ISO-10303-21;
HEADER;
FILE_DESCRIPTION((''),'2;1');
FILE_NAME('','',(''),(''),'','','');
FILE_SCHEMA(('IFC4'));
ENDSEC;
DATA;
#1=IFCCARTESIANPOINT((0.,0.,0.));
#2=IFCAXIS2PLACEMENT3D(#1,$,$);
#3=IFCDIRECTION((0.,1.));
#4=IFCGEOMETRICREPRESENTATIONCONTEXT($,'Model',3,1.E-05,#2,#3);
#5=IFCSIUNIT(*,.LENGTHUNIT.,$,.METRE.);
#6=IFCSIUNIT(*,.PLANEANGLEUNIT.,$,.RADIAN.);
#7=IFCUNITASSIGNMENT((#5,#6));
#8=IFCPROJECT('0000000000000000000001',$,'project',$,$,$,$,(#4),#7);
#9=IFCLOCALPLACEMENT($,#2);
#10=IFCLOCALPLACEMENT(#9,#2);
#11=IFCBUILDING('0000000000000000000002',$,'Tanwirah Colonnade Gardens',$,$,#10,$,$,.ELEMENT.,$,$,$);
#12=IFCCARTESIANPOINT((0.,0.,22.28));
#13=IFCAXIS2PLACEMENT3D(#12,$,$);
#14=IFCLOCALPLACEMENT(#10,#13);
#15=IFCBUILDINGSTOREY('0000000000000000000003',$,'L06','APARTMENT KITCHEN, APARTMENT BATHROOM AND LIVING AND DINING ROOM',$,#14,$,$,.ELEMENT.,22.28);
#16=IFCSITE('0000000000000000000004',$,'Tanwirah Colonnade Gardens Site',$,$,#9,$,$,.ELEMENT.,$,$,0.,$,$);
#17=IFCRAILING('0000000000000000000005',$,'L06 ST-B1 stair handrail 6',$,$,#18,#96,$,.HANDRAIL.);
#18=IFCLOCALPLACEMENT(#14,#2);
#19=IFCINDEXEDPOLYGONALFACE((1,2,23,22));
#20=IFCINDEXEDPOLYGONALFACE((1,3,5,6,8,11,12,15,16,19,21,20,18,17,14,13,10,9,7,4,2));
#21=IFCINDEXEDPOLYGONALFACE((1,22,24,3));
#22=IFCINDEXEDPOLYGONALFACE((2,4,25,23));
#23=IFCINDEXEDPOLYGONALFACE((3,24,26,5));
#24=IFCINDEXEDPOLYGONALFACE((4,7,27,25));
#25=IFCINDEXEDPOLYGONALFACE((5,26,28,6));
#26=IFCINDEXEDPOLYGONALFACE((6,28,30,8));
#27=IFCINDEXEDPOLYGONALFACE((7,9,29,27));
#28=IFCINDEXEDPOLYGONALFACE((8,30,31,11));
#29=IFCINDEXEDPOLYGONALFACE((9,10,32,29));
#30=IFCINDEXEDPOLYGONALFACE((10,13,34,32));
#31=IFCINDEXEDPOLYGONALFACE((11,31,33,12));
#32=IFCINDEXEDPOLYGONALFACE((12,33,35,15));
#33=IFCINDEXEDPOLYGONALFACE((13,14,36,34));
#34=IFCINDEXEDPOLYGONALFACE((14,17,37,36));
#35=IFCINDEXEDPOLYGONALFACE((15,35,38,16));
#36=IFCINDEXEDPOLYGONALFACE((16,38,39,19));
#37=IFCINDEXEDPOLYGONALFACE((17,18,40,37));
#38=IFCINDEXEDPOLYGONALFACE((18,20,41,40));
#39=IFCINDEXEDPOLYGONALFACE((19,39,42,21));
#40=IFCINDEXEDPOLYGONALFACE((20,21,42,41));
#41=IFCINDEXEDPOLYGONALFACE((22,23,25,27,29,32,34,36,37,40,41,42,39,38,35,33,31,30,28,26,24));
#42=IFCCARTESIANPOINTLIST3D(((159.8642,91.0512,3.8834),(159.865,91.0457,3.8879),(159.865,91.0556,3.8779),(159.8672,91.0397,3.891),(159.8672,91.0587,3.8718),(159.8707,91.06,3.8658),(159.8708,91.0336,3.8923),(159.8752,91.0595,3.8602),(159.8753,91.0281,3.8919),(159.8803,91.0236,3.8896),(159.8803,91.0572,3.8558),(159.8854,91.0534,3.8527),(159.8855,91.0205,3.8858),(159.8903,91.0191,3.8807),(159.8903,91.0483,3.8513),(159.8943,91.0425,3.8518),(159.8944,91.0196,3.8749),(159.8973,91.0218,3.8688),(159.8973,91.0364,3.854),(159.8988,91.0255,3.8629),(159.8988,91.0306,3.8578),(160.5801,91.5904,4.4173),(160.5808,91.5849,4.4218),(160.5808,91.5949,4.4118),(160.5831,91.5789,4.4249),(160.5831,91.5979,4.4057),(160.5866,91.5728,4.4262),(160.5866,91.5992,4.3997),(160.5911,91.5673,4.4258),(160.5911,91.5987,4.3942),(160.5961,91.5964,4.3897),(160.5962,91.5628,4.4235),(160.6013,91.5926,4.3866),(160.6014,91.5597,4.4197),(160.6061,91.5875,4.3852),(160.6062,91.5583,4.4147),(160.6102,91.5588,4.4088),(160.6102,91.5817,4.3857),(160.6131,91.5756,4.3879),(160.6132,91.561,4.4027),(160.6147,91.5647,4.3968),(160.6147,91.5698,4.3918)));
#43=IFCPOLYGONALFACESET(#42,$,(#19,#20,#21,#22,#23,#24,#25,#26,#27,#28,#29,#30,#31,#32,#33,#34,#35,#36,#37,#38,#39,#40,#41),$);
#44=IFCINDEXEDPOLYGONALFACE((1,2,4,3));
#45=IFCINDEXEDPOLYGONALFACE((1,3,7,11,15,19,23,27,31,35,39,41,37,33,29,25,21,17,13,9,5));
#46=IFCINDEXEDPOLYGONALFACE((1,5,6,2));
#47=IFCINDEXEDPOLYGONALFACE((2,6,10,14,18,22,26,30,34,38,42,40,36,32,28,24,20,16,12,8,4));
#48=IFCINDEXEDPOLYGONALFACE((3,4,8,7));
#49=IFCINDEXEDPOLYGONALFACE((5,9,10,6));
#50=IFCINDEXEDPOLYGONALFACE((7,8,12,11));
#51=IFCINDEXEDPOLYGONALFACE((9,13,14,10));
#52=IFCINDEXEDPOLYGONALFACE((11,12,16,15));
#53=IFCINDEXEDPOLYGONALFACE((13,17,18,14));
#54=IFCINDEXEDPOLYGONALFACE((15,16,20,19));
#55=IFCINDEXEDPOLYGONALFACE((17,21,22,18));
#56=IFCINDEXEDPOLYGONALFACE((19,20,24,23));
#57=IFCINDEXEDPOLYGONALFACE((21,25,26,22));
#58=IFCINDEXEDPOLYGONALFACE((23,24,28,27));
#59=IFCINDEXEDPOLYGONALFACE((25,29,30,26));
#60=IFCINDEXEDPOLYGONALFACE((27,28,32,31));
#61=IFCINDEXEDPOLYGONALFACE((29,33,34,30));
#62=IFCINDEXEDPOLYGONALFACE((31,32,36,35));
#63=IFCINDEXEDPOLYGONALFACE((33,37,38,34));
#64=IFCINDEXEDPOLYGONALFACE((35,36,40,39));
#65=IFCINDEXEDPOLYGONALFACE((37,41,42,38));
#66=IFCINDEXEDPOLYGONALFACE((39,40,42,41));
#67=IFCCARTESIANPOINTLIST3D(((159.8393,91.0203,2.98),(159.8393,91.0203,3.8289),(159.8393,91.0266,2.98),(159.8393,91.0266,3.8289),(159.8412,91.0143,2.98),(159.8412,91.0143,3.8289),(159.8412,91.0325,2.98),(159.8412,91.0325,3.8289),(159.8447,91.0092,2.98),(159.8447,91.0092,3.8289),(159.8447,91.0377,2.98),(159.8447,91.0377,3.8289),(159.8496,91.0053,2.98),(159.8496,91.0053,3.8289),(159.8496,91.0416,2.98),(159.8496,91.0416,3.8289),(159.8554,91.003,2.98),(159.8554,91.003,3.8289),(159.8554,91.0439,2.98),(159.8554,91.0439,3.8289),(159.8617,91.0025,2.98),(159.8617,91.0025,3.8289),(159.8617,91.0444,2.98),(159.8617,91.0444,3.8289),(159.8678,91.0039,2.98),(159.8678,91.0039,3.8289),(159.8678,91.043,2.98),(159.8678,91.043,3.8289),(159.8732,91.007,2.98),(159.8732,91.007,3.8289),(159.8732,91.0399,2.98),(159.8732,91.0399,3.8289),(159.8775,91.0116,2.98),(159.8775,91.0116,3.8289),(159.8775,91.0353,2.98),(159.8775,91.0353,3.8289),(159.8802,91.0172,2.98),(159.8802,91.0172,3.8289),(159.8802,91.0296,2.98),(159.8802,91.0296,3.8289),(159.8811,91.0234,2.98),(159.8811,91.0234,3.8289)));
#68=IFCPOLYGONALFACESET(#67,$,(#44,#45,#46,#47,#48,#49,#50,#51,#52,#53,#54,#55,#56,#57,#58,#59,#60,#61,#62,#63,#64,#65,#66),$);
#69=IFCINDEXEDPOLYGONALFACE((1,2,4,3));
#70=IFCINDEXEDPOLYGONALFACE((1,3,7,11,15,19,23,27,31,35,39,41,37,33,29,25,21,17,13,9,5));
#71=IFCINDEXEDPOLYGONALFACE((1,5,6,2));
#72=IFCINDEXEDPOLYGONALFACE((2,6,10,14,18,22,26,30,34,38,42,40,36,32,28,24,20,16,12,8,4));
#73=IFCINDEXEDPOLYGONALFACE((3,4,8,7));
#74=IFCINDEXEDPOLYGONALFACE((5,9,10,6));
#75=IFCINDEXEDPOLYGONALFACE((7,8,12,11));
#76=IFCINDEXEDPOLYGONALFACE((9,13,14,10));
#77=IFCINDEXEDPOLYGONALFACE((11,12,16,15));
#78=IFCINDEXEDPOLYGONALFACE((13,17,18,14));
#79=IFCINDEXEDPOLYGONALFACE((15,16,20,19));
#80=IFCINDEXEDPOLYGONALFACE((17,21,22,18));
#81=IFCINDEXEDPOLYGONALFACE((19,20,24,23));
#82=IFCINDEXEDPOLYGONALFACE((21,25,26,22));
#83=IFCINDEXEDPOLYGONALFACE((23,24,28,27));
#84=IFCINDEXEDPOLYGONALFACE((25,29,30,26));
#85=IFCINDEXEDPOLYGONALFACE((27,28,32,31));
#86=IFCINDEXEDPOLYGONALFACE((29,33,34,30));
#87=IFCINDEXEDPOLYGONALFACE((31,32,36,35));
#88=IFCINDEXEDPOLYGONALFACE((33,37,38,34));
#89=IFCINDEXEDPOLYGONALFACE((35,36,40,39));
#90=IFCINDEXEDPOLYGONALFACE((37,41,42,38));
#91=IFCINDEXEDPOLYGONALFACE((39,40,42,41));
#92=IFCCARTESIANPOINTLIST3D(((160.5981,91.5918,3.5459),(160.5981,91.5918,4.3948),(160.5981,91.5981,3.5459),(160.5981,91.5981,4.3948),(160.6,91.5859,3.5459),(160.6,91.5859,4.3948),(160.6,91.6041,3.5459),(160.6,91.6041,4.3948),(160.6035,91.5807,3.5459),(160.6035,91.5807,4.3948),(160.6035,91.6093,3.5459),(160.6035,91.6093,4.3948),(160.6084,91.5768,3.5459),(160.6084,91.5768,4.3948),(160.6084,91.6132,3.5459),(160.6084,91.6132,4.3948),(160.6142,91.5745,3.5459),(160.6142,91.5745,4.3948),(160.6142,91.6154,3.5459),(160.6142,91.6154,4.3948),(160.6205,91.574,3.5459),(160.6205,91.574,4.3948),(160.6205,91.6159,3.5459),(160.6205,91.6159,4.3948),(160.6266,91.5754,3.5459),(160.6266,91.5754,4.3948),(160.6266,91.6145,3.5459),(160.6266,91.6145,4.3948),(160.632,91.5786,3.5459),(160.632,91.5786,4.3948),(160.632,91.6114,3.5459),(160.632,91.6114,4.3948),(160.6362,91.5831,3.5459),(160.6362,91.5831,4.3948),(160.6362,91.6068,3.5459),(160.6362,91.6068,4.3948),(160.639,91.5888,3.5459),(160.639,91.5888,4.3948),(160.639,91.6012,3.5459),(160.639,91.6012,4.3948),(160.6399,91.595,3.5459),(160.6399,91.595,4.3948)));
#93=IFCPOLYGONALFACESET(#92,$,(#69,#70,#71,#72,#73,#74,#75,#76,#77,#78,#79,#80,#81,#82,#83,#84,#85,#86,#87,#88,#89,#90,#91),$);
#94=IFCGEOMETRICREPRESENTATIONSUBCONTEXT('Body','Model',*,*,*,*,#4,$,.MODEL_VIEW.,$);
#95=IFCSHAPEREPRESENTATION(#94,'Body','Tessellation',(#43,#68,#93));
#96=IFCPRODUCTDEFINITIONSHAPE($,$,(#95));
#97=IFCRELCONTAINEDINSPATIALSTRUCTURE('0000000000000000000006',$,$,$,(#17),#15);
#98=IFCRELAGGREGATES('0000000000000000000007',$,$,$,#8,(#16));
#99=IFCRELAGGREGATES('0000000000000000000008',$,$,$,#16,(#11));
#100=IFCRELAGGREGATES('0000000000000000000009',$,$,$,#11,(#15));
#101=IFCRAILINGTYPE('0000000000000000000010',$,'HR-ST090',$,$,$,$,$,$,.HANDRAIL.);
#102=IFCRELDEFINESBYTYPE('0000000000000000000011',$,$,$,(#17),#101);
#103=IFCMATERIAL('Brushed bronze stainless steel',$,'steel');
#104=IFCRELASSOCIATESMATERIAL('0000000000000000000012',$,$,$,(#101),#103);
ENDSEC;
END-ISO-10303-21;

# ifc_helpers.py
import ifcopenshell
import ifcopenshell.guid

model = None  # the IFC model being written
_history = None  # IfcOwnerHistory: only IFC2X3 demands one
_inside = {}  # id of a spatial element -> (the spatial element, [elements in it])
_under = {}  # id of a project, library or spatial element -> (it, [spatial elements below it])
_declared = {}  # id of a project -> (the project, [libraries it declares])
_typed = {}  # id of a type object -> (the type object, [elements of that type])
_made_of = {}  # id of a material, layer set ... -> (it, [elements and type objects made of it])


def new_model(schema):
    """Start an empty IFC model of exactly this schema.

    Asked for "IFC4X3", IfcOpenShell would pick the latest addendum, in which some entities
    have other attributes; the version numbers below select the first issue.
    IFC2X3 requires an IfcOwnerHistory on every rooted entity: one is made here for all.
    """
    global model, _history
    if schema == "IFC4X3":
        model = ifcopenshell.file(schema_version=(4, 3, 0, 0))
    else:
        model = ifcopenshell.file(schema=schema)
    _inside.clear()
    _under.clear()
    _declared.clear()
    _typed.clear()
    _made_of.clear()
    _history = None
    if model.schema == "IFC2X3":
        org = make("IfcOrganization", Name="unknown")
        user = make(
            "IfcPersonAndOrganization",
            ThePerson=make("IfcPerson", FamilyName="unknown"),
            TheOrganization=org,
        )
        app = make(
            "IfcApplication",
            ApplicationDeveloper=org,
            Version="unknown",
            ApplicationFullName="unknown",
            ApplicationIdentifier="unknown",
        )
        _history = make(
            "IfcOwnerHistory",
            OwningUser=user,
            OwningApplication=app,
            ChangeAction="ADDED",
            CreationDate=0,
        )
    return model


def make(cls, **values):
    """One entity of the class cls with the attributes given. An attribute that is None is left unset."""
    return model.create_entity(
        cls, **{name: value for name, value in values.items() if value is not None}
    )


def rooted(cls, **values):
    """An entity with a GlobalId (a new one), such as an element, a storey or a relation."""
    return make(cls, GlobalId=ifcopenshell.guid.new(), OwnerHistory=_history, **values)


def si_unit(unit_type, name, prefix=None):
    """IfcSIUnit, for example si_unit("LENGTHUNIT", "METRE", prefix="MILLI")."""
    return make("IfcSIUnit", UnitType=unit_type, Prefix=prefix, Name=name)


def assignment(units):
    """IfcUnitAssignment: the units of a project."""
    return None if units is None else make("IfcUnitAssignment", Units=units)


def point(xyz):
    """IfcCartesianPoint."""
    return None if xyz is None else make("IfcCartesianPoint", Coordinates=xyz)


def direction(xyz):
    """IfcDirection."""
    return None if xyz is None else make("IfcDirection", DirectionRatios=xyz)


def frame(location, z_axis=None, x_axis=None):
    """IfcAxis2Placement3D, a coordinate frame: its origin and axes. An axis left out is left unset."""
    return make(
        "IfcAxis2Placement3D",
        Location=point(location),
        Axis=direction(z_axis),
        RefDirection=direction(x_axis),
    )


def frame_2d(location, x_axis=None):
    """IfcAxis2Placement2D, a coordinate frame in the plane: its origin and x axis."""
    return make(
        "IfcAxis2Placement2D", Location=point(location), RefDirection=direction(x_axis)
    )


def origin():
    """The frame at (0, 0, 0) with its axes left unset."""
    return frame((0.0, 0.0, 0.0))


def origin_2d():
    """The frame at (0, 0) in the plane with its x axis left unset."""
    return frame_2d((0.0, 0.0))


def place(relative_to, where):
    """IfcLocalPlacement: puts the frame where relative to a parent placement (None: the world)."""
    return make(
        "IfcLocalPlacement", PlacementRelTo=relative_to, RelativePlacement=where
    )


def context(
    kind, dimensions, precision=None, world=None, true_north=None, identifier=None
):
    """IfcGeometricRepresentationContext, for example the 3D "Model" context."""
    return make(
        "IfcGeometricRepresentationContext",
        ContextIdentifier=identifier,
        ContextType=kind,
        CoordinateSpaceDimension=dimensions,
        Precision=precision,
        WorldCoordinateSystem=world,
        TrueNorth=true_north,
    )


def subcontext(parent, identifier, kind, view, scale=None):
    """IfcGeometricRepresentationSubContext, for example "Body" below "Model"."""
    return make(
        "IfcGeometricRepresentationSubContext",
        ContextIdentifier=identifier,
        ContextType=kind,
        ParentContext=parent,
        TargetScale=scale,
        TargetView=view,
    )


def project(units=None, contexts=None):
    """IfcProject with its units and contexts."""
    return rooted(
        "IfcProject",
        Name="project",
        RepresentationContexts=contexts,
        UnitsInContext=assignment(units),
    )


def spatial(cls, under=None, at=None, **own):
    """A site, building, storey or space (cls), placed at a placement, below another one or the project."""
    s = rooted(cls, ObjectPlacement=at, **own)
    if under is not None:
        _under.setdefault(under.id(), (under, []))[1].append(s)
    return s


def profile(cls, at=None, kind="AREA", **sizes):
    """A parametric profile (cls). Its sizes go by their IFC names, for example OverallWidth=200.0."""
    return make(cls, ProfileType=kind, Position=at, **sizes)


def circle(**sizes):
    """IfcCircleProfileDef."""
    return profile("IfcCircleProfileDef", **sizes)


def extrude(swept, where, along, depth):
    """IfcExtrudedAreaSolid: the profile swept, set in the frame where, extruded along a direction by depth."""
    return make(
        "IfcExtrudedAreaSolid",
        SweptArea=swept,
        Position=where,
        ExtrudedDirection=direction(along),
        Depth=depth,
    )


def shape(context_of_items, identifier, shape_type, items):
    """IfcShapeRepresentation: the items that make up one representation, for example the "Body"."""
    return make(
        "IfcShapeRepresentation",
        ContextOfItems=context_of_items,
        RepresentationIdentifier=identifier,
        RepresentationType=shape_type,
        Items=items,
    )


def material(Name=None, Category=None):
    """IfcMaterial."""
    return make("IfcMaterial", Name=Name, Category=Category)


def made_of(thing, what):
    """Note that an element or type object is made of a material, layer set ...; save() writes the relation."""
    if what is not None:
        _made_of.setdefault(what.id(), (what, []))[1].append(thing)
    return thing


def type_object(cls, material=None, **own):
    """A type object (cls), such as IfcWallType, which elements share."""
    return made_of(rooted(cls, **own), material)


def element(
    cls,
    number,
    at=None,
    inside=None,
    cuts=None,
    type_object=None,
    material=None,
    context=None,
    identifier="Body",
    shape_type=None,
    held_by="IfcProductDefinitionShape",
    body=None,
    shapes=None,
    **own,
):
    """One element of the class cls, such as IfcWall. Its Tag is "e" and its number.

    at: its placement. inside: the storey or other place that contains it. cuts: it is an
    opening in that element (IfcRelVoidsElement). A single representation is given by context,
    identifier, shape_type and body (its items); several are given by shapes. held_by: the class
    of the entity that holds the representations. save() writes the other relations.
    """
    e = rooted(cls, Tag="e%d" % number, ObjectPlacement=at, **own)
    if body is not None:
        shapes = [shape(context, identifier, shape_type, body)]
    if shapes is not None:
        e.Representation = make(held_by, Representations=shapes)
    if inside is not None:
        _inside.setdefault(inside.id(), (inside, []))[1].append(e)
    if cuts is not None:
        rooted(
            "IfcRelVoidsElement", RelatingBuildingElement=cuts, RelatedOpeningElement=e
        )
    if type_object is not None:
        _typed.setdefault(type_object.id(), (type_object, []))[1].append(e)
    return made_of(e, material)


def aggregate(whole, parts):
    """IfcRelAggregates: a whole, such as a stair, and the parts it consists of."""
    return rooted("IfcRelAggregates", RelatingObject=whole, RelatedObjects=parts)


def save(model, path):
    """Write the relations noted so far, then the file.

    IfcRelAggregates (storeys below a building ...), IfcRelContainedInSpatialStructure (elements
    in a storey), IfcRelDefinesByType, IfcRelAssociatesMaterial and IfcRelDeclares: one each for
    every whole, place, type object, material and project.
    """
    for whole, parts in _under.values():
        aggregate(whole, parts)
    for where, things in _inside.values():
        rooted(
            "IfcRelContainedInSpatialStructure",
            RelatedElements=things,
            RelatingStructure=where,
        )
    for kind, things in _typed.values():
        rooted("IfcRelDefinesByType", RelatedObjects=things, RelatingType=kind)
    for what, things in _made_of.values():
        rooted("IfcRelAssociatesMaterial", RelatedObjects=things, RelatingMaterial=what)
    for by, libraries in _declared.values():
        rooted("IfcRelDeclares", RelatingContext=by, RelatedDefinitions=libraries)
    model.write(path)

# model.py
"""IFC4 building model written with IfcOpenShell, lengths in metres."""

from ifc_helpers import new_model, si_unit, direction, frame, origin, origin_2d, place, context, subcontext, project, spatial, circle, extrude, material, type_object, element, save


model = new_model("IFC4")

# Units and contexts
model_context = context("Model", 3, precision=1e-05, world=origin(), true_north=direction((0.0, 1.0)))
body_context = subcontext(model_context, "Body", "Model", "MODEL_VIEW")
ifc_project = project(units=[si_unit("LENGTHUNIT", "METRE"), si_unit("PLANEANGLEUNIT", "RADIAN")], contexts=[model_context])

# Site, building, storey
site_placement = place(None, origin())
site = spatial("IfcSite", under=ifc_project, at=site_placement, Name="Tanwirah Colonnade Gardens Site", CompositionType="ELEMENT", RefElevation=0.0)
building_placement = place(site_placement, origin())
building = spatial("IfcBuilding", under=site, at=building_placement, Name="Tanwirah Colonnade Gardens", CompositionType="ELEMENT")
storey_placement = place(building_placement, frame((0.0, 0.0, 22.28)))
storey = spatial("IfcBuildingStorey", under=building, at=storey_placement, Name="L06", Description="APARTMENT KITCHEN, APARTMENT BATHROOM AND LIVING AND DINING ROOM", CompositionType="ELEMENT", Elevation=22.28)

# Railing
ifc_material_1 = material(Name="Brushed bronze stainless steel", Category="steel")
railing_type_1 = type_object("IfcRailingType", Name="HR-ST090", PredefinedType="HANDRAIL", material=ifc_material_1)
railing_1_placement = place(storey_placement, frame((159.8601, 91.0234, 2.98)))
element("IfcRailing", 1, at=railing_1_placement, inside=storey, type_object=railing_type_1, Name="L06 ST-B1 stair handrail 6", PredefinedType="HANDRAIL", context=body_context, shape_type="SweptSolid", body=[
    extrude(circle(Radius=0.0239, at=origin_2d()), frame((0.0215, 0.0161, 0.8918), z_axis=(0.686224, 0.516876, 0.511797), x_axis=(-0.601644, 0.798765, 0.0)), (0.0, 0.0, 1.0), 1.0432),
    extrude(circle(Radius=0.021, at=origin_2d()), origin(), (0.0, 0.0, 1.0), 0.8489),
    extrude(circle(Radius=0.021, at=origin_2d()), frame((0.7588, 0.5715, 0.5659)), (0.0, 0.0, 1.0), 0.8489),
])

save(model, "model.ifc")
